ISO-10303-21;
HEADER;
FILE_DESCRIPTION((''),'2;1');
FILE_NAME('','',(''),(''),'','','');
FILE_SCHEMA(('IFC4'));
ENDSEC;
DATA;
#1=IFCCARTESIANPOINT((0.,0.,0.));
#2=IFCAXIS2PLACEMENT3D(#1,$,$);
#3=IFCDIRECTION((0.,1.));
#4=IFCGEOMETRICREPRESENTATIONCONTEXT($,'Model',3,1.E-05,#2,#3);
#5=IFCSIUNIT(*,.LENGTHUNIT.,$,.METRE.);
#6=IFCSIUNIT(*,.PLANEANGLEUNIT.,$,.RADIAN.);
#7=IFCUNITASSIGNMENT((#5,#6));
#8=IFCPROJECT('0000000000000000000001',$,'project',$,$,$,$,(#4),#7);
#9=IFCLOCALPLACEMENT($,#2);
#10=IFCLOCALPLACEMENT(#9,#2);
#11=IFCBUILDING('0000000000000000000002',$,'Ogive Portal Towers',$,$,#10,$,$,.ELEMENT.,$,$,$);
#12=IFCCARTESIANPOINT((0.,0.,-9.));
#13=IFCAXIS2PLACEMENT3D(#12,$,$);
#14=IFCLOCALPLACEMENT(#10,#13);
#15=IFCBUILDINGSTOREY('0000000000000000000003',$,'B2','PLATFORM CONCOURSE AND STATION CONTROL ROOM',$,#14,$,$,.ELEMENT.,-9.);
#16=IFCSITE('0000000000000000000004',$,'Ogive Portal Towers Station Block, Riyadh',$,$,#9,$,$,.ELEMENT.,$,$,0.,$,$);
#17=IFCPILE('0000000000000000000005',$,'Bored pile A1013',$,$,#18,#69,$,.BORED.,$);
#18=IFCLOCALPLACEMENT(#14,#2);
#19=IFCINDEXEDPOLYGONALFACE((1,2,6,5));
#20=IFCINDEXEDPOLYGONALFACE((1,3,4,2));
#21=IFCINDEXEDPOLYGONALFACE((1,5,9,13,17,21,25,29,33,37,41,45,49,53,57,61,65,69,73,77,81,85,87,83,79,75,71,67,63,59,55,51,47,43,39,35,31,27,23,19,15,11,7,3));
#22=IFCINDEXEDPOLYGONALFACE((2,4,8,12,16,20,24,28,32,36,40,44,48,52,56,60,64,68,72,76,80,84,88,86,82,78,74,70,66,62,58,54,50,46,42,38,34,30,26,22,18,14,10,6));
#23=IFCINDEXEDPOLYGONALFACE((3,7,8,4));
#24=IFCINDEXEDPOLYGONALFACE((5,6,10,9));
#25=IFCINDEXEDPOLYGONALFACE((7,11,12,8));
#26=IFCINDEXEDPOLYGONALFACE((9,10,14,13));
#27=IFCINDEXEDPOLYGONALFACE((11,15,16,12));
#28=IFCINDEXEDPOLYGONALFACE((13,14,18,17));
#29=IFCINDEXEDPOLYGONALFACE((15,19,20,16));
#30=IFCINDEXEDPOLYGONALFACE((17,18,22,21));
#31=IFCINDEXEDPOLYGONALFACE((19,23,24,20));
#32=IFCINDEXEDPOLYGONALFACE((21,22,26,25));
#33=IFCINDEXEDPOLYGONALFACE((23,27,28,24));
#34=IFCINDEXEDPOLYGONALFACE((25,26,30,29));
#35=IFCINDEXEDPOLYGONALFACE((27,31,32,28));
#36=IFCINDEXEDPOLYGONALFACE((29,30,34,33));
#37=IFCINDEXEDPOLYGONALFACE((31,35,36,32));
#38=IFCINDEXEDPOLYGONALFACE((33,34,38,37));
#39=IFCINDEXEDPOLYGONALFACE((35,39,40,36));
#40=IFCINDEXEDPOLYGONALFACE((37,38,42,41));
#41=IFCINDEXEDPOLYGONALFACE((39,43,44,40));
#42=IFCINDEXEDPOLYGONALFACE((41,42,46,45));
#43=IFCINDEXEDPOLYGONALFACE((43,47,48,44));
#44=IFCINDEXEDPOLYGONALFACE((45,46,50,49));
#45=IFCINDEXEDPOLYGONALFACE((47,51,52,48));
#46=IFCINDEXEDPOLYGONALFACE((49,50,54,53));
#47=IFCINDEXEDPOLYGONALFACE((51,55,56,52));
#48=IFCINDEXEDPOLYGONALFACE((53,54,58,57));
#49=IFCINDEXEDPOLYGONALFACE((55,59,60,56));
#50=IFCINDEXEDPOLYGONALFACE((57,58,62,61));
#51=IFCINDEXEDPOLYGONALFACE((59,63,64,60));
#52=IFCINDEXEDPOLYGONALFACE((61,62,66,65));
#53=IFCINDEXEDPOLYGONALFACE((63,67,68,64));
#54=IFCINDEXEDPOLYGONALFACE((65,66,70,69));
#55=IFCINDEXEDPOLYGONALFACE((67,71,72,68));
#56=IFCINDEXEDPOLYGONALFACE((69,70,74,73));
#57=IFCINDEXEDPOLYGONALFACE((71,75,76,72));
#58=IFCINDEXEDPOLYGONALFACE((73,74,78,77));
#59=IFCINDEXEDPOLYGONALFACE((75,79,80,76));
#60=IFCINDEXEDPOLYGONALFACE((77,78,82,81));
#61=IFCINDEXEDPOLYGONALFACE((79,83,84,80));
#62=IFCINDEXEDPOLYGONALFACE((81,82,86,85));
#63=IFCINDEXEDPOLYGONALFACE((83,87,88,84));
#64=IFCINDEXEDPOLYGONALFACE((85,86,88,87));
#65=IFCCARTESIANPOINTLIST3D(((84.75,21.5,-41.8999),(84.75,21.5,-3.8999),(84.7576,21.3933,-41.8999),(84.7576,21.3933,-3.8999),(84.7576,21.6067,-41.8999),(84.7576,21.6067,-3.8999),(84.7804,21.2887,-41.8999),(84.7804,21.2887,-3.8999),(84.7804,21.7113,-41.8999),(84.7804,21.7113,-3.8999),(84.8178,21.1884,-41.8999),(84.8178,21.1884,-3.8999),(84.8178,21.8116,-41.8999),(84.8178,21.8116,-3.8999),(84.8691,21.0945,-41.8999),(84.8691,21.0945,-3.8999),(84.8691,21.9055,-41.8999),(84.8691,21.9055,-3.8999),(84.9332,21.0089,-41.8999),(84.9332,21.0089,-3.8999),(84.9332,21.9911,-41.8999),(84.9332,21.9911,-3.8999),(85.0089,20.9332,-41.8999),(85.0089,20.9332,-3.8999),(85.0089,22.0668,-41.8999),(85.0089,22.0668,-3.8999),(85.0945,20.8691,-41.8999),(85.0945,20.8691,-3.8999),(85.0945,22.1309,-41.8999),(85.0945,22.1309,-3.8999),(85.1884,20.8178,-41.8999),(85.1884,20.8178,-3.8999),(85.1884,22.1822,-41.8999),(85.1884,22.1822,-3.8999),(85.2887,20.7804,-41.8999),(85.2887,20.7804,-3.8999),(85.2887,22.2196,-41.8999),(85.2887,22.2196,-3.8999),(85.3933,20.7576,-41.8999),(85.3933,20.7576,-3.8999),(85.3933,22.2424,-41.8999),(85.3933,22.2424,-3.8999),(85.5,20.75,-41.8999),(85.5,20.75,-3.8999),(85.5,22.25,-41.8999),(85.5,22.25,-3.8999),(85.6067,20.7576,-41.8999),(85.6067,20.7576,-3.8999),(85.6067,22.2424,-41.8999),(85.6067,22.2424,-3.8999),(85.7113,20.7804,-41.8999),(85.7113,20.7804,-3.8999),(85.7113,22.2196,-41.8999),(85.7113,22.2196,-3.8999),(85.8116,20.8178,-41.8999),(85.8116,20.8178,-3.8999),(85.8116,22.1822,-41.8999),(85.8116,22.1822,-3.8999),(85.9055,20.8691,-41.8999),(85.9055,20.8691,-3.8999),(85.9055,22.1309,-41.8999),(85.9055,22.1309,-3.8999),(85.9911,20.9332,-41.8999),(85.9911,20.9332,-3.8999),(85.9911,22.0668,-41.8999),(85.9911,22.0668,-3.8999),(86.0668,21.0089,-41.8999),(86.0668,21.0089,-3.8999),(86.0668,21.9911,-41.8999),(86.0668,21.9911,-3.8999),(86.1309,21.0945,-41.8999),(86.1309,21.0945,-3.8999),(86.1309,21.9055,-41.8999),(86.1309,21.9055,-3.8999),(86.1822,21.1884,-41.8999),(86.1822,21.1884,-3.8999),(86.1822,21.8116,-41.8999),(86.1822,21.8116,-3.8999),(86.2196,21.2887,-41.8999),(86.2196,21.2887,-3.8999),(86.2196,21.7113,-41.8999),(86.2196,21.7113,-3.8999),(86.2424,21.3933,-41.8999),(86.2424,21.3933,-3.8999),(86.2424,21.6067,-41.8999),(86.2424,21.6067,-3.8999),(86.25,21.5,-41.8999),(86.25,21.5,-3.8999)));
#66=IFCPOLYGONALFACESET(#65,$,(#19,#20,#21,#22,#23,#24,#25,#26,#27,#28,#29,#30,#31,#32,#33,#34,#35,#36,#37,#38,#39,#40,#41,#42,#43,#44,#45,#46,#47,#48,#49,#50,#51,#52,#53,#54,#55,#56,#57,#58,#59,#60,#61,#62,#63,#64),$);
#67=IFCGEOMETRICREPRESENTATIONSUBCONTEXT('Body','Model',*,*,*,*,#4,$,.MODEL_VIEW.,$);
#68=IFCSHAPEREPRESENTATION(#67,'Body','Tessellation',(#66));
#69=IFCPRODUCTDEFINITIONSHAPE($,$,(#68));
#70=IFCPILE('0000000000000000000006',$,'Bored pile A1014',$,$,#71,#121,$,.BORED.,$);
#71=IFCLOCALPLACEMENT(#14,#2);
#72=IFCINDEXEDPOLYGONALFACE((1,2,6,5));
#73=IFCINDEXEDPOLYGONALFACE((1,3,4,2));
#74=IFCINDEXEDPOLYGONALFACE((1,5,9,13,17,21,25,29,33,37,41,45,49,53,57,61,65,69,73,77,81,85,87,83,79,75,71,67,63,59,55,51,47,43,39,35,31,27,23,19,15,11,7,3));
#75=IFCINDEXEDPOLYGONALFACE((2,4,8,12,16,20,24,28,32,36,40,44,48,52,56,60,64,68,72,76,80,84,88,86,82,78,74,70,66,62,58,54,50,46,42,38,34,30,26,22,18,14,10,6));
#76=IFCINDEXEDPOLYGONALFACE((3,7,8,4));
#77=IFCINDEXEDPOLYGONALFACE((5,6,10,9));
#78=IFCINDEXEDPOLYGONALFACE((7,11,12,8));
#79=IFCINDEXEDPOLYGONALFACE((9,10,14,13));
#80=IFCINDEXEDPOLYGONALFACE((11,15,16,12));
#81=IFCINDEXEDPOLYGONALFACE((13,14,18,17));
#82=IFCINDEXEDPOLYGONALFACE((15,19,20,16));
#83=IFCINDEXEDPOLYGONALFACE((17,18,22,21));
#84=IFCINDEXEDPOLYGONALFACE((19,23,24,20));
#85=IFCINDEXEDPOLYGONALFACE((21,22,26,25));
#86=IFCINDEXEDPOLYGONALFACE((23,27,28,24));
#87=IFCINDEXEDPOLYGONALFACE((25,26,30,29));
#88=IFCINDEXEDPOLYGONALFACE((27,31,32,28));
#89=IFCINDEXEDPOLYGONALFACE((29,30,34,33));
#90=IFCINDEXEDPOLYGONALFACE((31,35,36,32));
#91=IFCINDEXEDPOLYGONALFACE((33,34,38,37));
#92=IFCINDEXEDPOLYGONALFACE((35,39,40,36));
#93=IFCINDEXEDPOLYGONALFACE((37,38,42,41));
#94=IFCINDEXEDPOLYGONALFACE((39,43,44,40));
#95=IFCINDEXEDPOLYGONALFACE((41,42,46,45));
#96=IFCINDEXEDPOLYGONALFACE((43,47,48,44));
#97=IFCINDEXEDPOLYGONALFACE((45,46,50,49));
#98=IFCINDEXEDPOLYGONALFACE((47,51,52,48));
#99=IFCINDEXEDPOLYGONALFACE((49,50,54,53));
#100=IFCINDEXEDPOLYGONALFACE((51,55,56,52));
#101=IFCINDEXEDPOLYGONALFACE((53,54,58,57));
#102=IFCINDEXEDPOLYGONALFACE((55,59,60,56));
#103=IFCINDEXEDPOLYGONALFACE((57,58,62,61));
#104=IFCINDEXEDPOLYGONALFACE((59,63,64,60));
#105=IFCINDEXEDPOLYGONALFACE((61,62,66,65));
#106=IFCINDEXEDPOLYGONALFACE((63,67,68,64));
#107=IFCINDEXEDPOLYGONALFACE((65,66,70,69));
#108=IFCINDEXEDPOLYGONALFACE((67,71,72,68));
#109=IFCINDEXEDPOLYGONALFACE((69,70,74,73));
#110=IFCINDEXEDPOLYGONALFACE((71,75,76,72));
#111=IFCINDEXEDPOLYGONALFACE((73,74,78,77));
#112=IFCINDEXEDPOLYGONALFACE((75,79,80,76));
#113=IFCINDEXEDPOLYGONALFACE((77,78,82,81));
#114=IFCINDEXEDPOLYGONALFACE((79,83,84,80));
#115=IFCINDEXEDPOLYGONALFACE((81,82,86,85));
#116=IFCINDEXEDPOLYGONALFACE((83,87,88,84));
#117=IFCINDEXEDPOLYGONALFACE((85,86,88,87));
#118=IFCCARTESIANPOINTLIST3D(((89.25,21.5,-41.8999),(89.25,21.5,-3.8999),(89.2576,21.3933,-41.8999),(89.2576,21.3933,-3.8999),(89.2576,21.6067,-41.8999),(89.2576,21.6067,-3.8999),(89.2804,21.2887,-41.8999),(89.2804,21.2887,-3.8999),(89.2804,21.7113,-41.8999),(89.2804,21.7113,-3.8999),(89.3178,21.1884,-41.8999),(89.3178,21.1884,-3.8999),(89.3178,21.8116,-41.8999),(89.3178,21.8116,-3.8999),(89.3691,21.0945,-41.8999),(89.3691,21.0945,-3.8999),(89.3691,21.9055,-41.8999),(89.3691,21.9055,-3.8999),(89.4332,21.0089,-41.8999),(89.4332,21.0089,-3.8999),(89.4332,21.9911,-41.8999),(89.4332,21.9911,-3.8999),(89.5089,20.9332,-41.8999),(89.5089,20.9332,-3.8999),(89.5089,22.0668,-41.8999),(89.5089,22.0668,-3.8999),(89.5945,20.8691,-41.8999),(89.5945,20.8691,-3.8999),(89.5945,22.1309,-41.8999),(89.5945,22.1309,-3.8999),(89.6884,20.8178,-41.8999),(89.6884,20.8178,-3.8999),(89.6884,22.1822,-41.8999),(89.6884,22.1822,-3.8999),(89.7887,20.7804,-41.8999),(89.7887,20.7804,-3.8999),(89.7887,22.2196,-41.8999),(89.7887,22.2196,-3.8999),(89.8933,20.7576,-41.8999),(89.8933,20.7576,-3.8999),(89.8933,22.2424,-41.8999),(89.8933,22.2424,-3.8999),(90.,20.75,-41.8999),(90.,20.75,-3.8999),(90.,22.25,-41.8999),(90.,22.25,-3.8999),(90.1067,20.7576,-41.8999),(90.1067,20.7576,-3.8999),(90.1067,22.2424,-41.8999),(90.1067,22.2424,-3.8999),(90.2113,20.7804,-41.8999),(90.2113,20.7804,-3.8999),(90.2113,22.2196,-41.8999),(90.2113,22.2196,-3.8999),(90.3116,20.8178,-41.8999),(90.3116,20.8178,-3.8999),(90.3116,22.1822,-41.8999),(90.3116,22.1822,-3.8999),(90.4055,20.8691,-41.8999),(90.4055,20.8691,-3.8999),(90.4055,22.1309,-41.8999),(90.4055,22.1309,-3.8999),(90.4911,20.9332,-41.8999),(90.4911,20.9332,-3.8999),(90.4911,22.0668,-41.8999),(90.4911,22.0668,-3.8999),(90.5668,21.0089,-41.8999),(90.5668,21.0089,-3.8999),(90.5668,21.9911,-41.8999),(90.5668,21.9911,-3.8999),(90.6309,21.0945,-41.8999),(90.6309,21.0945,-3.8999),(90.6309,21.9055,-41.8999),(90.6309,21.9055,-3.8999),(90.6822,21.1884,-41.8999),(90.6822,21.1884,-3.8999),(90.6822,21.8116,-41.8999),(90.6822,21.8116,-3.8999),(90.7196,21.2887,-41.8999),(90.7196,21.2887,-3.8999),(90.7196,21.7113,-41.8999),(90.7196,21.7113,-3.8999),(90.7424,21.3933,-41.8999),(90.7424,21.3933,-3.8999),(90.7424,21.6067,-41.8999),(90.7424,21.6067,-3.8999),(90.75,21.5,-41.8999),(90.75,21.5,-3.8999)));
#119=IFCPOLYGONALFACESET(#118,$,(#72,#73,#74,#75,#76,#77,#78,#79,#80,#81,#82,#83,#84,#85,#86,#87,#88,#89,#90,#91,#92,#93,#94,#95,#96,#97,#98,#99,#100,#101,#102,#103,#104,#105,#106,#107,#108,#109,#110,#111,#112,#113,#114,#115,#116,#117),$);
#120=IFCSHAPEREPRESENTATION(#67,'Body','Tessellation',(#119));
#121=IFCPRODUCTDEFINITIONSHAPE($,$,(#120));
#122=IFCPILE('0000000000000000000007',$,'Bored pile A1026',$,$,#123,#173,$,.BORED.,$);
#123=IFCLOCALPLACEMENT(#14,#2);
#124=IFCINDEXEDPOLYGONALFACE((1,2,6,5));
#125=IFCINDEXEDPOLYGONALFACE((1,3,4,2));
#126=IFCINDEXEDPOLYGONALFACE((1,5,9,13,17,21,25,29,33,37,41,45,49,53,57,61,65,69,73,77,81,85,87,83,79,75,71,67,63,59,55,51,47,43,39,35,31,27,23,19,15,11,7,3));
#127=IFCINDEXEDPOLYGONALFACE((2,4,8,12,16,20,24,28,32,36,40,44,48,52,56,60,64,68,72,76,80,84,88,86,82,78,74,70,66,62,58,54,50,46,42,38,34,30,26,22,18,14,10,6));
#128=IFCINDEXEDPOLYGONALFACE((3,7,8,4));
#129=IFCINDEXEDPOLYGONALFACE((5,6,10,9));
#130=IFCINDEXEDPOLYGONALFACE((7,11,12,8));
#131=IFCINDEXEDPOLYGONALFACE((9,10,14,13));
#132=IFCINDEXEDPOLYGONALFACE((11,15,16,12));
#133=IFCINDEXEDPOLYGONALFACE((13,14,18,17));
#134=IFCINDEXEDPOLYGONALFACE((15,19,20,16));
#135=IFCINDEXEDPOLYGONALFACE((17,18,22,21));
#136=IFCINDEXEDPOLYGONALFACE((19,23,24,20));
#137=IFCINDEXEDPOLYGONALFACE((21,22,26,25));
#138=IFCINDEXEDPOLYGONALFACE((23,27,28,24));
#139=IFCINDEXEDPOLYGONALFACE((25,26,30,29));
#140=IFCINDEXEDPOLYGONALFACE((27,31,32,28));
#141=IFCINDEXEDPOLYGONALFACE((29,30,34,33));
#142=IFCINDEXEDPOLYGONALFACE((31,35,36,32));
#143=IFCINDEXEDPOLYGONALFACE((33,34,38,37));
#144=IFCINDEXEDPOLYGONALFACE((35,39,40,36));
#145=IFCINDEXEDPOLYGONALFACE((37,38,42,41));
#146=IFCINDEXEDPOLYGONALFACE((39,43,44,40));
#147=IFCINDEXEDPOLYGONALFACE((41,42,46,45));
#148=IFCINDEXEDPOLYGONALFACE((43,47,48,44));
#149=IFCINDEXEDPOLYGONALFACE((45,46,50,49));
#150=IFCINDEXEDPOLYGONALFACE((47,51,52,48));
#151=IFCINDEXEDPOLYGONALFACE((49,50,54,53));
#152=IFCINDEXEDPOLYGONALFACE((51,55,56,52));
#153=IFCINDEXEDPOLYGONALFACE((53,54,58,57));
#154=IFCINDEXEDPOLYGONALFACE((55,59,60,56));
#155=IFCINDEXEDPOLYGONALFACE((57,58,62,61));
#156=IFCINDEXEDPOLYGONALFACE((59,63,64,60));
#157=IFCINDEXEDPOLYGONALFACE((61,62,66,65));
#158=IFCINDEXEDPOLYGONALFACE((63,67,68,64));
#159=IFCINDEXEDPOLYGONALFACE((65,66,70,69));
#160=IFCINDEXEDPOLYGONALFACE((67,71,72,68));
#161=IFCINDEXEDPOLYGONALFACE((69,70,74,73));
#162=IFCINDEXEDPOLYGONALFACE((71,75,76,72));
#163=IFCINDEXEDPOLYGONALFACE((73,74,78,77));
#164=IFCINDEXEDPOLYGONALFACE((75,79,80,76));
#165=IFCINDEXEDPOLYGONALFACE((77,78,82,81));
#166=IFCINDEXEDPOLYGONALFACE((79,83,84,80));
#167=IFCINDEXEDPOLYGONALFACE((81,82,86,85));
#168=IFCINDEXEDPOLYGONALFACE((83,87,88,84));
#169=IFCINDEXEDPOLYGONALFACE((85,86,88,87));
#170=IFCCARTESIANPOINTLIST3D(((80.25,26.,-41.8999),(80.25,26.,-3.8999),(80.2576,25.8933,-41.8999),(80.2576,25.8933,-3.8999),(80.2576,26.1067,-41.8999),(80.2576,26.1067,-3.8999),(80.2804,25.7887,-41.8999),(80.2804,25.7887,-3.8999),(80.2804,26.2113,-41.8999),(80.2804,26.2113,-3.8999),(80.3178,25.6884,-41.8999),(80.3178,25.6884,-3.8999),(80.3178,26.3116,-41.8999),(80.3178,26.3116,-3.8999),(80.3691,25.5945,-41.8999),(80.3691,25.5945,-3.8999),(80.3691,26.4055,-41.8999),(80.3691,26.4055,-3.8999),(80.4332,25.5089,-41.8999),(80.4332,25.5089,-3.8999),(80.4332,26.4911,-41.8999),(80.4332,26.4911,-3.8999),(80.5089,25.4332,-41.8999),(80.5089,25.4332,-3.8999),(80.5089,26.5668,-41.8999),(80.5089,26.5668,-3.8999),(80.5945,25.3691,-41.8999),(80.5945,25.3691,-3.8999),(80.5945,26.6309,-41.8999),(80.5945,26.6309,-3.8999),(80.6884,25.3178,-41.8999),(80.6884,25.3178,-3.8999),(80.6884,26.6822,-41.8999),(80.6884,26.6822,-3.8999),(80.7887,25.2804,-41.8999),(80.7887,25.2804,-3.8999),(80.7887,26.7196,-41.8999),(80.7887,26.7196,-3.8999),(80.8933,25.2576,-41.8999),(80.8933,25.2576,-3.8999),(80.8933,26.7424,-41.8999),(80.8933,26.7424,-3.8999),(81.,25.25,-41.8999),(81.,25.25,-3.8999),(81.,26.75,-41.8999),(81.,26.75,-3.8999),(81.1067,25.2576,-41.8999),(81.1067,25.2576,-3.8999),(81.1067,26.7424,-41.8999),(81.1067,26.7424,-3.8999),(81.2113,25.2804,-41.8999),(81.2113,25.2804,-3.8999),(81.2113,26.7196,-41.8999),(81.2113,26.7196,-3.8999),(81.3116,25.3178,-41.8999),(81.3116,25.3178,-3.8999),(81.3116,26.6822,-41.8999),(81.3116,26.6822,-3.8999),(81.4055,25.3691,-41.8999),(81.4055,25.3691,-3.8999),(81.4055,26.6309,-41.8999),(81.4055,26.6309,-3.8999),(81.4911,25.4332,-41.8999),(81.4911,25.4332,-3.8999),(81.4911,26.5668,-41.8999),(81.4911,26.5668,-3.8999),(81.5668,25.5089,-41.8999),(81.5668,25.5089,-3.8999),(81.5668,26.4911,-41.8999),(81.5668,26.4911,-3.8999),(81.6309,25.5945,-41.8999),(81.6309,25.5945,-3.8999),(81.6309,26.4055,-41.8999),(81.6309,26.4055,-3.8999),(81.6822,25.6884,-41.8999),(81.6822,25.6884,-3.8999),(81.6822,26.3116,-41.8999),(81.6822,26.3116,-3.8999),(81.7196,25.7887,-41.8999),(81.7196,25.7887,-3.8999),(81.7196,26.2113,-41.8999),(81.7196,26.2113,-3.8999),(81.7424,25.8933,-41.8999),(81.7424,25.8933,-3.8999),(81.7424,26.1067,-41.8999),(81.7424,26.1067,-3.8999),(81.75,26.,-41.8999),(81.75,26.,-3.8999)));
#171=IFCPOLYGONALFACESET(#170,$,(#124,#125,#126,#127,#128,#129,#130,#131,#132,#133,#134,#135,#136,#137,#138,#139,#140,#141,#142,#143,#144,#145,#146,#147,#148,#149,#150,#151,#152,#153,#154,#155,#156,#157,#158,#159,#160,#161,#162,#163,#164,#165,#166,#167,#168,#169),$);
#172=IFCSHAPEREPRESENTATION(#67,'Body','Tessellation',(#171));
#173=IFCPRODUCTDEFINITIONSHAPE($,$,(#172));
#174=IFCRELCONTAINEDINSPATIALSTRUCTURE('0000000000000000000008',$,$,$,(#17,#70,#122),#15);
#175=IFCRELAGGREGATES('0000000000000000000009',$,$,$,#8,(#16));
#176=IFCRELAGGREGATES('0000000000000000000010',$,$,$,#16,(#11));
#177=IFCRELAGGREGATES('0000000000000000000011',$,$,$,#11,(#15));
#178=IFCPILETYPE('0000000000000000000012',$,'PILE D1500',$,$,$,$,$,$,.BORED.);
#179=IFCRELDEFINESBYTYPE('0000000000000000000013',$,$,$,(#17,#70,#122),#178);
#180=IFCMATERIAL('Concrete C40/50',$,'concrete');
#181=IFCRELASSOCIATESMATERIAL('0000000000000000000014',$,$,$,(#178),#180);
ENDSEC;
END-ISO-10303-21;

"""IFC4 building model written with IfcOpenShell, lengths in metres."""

from ifc_helpers import new_model, si_unit, direction, frame, origin, origin_2d, place, context, subcontext, project, spatial, circle, extrude, material, material_profile, profile_set, type_object, element, save


model = new_model("IFC4")

# Units and contexts
model_context = context("Model", 3, precision=1e-05, world=origin(), true_north=direction((0.0, 1.0)))
body_context = subcontext(model_context, "Body", "Model", "MODEL_VIEW")
ifc_project = project(units=[si_unit("LENGTHUNIT", "METRE"), si_unit("PLANEANGLEUNIT", "RADIAN")], contexts=[model_context])

# Site, building, storey
site_placement = place(None, origin())
site = spatial("IfcSite", under=ifc_project, at=site_placement, Name="Ogive Portal Towers Station Block, Riyadh", CompositionType="ELEMENT", RefElevation=0.0)
building_placement = place(site_placement, origin())
building = spatial("IfcBuilding", under=site, at=building_placement, Name="Ogive Portal Towers", CompositionType="ELEMENT")
storey_placement = place(building_placement, frame((0.0, 0.0, -9.0)))
storey = spatial("IfcBuildingStorey", under=building, at=storey_placement, Name="B2", Description="PLATFORM CONCOURSE AND STATION CONTROL ROOM", CompositionType="ELEMENT", Elevation=-9.0)

# Piles
ifc_material_1 = material(Name="Concrete C40/50", Category="concrete")
ifc_material_profile_1 = material_profile(ifc_material_1, circle(Radius=0.75, at=origin_2d()), Name="PILE D1500")
ifc_profile_set_1 = profile_set([ifc_material_profile_1], Name="Concrete C40/50")
pile_type = type_object("IfcPileType", Name="PILE D1500", PredefinedType="BORED", material=ifc_profile_set_1)
for number, where, z_axis, x_axis, name in (
    (1, (85.5, 21.5, -3.8999), (0.0, 0.0, -1.0), (1.0, 0.0, 0.0), "Bored pile A1013"),
    (2, (90.0, 21.5, -3.8999), (0.0, 0.0, -1.0), (1.0, 0.0, 0.0), "Bored pile A1014"),
    (3, (81.0, 26.0, -3.8999), (0.0, 0.0, -1.0), (1.0, 0.0, 0.0), "Bored pile A1026"),
):
    element("IfcPile", number, at=place(storey_placement, frame(where, z_axis=z_axis, x_axis=x_axis)), inside=storey, type_object=pile_type, Name=name, PredefinedType="BORED", context=body_context, shape_type="SweptSolid", body=[
        extrude(circle(Radius=0.75, at=origin_2d()), origin(), (0.0, 0.0, 1.0), 38.0),
    ])

save(model, "model.ifc")
